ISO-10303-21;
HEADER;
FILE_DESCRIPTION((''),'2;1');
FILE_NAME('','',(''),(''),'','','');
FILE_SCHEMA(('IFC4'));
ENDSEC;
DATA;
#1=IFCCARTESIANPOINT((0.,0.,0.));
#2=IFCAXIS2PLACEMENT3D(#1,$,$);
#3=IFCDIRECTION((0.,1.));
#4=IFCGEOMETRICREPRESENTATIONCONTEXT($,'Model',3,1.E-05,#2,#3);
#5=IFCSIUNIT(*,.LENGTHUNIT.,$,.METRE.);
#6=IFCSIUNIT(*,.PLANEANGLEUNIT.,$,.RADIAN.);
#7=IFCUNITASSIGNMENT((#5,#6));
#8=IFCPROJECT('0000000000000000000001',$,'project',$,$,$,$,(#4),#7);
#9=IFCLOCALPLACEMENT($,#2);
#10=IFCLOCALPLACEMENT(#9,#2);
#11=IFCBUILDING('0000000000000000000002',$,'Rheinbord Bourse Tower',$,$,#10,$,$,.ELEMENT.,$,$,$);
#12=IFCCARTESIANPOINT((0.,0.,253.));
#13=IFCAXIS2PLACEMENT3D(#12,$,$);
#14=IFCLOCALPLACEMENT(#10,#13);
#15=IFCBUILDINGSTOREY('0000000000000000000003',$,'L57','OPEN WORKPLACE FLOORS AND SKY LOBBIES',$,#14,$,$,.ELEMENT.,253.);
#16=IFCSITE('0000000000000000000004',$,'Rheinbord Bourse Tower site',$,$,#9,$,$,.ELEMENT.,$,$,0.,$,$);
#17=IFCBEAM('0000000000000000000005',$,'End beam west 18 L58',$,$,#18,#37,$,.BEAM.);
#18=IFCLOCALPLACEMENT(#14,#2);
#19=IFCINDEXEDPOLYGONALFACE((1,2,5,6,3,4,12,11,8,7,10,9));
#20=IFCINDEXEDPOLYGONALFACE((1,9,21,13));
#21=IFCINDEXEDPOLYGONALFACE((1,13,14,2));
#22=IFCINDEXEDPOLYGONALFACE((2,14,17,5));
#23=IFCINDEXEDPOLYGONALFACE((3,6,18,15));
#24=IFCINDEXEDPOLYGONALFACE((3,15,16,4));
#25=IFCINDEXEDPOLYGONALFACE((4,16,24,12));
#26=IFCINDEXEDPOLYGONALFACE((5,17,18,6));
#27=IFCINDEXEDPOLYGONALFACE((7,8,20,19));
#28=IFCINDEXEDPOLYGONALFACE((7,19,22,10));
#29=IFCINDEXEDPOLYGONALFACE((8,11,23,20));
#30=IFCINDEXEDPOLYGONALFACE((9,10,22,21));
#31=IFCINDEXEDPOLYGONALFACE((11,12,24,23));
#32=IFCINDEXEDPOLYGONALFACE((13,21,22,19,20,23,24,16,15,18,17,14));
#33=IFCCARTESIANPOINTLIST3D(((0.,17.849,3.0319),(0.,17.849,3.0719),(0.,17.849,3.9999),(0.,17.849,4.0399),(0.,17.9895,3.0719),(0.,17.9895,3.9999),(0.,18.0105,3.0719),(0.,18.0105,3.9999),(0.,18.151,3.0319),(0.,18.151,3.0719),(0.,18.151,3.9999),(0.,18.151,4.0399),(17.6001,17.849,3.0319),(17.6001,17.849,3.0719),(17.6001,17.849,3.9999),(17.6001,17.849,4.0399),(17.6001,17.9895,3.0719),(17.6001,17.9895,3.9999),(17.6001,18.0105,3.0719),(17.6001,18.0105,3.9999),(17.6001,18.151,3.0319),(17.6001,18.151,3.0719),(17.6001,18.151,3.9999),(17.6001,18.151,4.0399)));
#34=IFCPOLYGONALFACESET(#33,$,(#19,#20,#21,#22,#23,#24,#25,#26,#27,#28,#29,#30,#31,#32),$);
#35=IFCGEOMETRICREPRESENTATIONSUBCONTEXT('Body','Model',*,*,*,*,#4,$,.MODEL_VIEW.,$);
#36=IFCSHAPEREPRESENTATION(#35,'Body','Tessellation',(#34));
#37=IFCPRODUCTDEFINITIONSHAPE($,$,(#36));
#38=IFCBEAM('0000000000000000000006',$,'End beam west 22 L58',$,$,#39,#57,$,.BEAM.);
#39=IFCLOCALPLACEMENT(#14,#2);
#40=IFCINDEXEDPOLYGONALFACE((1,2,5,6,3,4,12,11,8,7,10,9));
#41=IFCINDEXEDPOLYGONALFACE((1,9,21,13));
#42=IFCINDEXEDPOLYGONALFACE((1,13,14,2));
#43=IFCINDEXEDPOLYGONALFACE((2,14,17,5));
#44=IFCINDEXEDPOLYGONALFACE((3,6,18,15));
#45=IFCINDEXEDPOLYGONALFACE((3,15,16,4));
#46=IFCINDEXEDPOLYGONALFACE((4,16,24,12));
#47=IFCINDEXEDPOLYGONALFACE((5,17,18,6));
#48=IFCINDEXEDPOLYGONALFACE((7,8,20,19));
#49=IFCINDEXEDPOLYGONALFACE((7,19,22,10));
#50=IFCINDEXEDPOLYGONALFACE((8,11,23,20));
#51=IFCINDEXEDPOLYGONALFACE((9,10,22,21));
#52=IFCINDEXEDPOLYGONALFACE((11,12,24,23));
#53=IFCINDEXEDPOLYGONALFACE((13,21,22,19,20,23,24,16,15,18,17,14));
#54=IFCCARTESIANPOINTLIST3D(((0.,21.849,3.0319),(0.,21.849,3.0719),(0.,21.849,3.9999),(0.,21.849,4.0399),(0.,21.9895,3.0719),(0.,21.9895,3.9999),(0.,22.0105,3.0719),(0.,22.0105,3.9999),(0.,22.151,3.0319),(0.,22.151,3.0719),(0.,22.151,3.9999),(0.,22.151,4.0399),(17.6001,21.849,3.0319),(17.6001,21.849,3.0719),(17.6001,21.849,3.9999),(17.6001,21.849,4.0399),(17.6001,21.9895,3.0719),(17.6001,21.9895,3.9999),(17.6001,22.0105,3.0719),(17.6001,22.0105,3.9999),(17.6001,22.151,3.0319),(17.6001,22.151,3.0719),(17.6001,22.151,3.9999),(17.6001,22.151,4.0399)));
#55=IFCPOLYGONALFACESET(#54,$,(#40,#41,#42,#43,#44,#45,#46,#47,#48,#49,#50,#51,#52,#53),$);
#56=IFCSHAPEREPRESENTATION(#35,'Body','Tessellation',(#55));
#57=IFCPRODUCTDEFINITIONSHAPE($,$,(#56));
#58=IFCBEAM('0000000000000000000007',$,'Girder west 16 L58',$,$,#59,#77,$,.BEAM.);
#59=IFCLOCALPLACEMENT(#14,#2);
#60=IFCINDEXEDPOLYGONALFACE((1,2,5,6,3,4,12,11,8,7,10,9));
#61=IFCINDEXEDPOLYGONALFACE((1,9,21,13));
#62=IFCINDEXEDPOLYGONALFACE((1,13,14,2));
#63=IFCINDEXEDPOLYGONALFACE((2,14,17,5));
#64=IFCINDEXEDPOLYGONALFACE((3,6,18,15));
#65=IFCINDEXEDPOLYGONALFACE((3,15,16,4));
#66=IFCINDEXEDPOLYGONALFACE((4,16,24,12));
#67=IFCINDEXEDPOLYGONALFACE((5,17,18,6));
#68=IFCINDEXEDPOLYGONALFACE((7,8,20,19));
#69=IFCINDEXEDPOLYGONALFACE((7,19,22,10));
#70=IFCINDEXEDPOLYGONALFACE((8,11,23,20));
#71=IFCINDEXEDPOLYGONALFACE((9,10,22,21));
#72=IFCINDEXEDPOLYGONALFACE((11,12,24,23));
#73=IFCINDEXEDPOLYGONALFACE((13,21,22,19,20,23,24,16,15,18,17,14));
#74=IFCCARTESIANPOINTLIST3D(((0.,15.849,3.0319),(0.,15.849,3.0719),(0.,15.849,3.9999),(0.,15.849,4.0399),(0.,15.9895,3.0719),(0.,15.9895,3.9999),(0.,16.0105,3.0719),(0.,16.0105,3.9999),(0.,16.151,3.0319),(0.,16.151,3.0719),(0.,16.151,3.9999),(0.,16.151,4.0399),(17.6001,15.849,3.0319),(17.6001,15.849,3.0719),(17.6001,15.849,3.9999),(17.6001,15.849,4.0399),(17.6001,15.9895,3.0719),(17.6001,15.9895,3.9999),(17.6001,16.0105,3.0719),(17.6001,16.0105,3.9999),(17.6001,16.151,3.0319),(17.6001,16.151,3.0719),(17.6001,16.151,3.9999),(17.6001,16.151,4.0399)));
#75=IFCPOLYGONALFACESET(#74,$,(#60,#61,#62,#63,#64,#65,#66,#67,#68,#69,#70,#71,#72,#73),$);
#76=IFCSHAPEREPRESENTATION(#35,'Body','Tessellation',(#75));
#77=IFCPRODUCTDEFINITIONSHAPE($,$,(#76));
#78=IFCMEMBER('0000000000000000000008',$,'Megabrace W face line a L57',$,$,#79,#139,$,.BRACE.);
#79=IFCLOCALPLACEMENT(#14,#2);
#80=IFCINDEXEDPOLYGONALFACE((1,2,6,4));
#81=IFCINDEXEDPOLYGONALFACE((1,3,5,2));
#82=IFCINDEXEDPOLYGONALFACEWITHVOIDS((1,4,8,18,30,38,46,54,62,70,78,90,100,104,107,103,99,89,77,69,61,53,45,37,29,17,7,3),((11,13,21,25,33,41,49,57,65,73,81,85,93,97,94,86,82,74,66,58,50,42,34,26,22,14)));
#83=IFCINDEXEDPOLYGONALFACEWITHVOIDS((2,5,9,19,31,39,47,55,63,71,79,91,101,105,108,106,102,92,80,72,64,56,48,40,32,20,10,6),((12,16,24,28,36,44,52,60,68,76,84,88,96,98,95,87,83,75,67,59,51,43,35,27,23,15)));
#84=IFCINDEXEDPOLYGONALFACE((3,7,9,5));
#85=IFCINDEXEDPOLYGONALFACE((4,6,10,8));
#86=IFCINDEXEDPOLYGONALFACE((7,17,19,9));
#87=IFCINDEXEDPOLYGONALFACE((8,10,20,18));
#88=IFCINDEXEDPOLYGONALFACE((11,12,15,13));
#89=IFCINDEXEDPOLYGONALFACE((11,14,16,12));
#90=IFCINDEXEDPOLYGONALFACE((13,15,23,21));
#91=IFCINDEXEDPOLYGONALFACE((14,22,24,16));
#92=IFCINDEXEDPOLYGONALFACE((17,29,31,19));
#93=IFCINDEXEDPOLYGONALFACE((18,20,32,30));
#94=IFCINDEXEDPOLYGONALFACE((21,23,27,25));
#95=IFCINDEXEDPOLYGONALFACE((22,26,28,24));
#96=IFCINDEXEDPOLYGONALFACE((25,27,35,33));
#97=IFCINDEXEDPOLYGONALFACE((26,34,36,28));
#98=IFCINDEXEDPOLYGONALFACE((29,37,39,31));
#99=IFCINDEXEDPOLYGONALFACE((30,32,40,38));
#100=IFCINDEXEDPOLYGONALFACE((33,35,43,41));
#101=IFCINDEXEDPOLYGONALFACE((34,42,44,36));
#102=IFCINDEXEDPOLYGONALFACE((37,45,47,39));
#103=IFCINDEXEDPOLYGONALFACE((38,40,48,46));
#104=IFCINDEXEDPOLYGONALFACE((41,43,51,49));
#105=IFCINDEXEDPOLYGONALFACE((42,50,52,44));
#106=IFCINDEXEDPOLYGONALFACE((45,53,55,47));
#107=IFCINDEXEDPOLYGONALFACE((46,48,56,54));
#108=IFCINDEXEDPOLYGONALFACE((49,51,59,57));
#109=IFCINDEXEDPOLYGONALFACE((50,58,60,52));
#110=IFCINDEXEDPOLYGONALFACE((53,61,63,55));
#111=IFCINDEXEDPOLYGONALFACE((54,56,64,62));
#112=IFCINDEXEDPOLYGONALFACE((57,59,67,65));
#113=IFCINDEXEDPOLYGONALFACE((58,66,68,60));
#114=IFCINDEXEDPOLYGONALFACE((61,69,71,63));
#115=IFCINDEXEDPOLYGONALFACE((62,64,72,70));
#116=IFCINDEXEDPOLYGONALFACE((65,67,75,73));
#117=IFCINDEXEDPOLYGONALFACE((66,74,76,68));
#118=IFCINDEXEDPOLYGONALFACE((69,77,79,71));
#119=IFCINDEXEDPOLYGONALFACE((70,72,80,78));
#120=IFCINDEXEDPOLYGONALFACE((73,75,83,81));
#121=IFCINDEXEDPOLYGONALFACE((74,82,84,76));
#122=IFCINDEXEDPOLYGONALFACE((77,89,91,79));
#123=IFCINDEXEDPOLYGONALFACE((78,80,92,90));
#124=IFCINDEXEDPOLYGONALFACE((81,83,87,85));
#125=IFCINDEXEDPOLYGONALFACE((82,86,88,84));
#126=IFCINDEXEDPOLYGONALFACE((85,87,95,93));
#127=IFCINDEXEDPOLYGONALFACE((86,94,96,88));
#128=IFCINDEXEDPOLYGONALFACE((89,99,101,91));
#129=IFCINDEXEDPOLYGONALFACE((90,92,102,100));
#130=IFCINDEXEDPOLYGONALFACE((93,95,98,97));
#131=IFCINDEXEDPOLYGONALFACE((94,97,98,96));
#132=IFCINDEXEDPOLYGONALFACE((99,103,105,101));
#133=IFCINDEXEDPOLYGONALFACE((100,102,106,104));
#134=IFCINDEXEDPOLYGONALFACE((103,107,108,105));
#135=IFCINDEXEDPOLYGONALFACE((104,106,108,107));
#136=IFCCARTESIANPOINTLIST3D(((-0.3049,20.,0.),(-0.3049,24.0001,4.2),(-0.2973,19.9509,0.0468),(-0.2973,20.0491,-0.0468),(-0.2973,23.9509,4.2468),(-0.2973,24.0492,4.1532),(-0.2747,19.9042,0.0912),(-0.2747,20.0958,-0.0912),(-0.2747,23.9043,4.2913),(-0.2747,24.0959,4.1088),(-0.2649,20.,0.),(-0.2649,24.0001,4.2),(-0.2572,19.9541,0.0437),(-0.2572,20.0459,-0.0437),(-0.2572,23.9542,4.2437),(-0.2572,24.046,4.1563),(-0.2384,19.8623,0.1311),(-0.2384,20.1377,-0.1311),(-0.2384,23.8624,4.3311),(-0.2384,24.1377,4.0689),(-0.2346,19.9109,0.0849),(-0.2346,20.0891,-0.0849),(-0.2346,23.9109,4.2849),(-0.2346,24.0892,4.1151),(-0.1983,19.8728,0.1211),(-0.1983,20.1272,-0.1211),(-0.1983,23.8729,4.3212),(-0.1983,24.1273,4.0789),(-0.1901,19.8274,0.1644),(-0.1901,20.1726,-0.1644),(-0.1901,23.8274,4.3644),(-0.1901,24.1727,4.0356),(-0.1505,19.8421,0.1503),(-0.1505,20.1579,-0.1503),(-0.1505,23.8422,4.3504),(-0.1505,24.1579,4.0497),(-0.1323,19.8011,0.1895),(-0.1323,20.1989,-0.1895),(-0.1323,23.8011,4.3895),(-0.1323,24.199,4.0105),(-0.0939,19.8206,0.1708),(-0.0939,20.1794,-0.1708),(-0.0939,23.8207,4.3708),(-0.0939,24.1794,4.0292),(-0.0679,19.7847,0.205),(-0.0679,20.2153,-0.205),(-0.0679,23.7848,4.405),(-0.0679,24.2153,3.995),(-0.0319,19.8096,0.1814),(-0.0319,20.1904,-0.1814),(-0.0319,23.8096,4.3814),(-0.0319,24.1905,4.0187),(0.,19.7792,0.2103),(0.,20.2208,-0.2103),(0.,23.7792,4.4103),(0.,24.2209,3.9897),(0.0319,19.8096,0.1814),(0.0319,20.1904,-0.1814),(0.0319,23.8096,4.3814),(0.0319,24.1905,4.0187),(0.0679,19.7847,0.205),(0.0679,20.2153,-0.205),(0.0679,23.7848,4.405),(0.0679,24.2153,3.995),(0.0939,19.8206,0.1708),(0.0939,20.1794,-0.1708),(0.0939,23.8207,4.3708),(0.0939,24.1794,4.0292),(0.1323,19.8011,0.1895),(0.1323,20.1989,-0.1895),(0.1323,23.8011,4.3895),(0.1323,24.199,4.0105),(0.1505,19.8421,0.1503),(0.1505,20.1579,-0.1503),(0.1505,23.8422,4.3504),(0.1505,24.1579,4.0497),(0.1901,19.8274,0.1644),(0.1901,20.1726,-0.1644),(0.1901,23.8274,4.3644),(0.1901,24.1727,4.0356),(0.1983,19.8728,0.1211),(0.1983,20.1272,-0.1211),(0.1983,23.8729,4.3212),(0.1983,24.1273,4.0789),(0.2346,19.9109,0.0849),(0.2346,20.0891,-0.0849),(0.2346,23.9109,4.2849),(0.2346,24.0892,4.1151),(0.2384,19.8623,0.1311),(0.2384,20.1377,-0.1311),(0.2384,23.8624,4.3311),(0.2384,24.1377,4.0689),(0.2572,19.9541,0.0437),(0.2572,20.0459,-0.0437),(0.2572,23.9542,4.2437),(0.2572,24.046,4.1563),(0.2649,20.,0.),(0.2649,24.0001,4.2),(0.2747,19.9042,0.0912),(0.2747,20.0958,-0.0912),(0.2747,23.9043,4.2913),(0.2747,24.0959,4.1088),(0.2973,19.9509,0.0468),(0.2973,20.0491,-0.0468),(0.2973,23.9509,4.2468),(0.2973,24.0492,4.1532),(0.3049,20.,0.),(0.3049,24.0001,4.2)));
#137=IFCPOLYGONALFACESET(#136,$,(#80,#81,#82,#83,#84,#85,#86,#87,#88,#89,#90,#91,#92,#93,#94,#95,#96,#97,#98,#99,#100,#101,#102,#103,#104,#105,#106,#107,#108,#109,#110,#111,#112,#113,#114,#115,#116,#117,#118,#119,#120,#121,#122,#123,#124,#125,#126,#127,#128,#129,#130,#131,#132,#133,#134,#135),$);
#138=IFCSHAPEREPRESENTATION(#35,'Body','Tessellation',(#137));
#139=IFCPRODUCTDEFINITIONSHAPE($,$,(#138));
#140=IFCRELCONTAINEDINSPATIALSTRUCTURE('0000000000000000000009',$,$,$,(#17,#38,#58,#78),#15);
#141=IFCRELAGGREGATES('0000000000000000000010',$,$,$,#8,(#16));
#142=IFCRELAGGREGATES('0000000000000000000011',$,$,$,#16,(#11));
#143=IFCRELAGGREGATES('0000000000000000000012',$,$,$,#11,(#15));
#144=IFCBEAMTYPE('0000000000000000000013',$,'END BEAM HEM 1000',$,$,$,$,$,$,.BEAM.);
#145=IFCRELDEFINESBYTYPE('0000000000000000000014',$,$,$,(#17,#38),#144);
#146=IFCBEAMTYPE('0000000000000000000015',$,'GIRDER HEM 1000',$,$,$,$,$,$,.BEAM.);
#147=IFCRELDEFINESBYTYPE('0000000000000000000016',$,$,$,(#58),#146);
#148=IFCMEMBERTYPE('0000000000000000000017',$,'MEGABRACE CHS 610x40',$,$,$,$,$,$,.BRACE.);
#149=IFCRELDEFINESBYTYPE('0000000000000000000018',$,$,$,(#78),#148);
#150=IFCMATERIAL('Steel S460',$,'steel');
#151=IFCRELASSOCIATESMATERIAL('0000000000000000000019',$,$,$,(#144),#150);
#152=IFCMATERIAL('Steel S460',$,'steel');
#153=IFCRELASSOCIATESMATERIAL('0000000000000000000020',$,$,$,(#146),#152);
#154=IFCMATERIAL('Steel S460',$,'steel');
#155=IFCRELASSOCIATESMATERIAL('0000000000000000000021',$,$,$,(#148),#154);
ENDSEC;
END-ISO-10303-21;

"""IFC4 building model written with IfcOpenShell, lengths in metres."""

from ifc_helpers import new_model, si_unit, direction, frame, origin, origin_2d, place, context, subcontext, project, spatial, hollow_circle, i_section, extrude, material, material_profile, profile_set, type_object, element, save


model = new_model("IFC4")

# Units and contexts
model_context = context("Model", 3, precision=1e-05, world=origin(), true_north=direction((0.0, 1.0)))
body_context = subcontext(model_context, "Body", "Model", "MODEL_VIEW")
ifc_project = project(units=[si_unit("LENGTHUNIT", "METRE"), si_unit("PLANEANGLEUNIT", "RADIAN")], contexts=[model_context])

# Site, building, storey
site_placement = place(None, origin())
site = spatial("IfcSite", under=ifc_project, at=site_placement, Name="Rheinbord Bourse Tower site", CompositionType="ELEMENT", RefElevation=0.0)
building_placement = place(site_placement, origin())
building = spatial("IfcBuilding", under=site, at=building_placement, Name="Rheinbord Bourse Tower", CompositionType="ELEMENT")
storey_placement = place(building_placement, frame((0.0, 0.0, 253.0)))
storey = spatial("IfcBuildingStorey", under=building, at=storey_placement, Name="L57", Description="OPEN WORKPLACE FLOORS AND SKY LOBBIES", CompositionType="ELEMENT", Elevation=253.0)

# Beams
ifc_material_1 = material(Name="Steel S460", Category="steel")
ifc_material_profile_1 = material_profile(ifc_material_1, i_section(OverallWidth=0.302, OverallDepth=1.0081, WebThickness=0.021, FlangeThickness=0.04, at=origin_2d()), Name="HEM 1000")
ifc_profile_set_1 = profile_set([ifc_material_profile_1], Name="Steel S460")
beam_type_1 = type_object("IfcBeamType", Name="END BEAM HEM 1000", PredefinedType="BEAM", material=ifc_profile_set_1)
for number, where, z_axis, x_axis, name in (
    (1, (0.0, 18.0, 3.5359), (1.0, 0.0, 0.0), (0.0, 1.0, 0.0), "End beam west 18 L58"),
    (2, (0.0, 22.0, 3.5359), (1.0, 0.0, 0.0), (0.0, 1.0, 0.0), "End beam west 22 L58"),
):
    element("IfcBeam", number, at=place(storey_placement, frame(where, z_axis=z_axis, x_axis=x_axis)), inside=storey, type_object=beam_type_1, Name=name, PredefinedType="BEAM", context=body_context, shape_type="SweptSolid", body=[
        extrude(i_section(OverallWidth=0.302, OverallDepth=1.0081, WebThickness=0.021, FlangeThickness=0.04, at=origin_2d()), origin(), (0.0, 0.0, 1.0), 17.6001),
    ])
ifc_material_2 = material(Name="Steel S460", Category="steel")
ifc_material_profile_2 = material_profile(ifc_material_2, i_section(OverallWidth=0.302, OverallDepth=1.0081, WebThickness=0.021, FlangeThickness=0.04, at=origin_2d()), Name="HEM 1000")
ifc_profile_set_2 = profile_set([ifc_material_profile_2], Name="Steel S460")
beam_type_2 = type_object("IfcBeamType", Name="GIRDER HEM 1000", PredefinedType="BEAM", material=ifc_profile_set_2)
beam_1_placement = place(storey_placement, frame((0.0, 16.0, 3.5359), z_axis=(1.0, 0.0, 0.0), x_axis=(0.0, 1.0, 0.0)))
element("IfcBeam", 3, at=beam_1_placement, inside=storey, type_object=beam_type_2, Name="Girder west 16 L58", PredefinedType="BEAM", context=body_context, shape_type="SweptSolid", body=[
    extrude(i_section(OverallWidth=0.302, OverallDepth=1.0081, WebThickness=0.021, FlangeThickness=0.04, at=origin_2d()), origin(), (0.0, 0.0, 1.0), 17.6001),
])

# Member
ifc_material_3 = material(Name="Steel S460", Category="steel")
ifc_material_profile_3 = material_profile(ifc_material_3, hollow_circle(Radius=0.3049, WallThickness=0.04, at=origin_2d()), Name="CHS 610x40")
ifc_profile_set_3 = profile_set([ifc_material_profile_3], Name="Steel S460")
member_type_1 = type_object("IfcMemberType", Name="MEGABRACE CHS 610x40", PredefinedType="BRACE", material=ifc_profile_set_3)
member_1_placement = place(storey_placement, frame((0.0, 20.0, 0.0), z_axis=(0.0, 0.689659, 0.724134), x_axis=(-1.0, 0.0, 0.0)))
element("IfcMember", 4, at=member_1_placement, inside=storey, type_object=member_type_1, Name="Megabrace W face line a L57", PredefinedType="BRACE", context=body_context, shape_type="SweptSolid", body=[
    extrude(hollow_circle(Radius=0.3049, WallThickness=0.04, at=origin_2d()), origin(), (0.0, 0.0, 1.0), 5.8),
])

save(model, "model.ifc")
